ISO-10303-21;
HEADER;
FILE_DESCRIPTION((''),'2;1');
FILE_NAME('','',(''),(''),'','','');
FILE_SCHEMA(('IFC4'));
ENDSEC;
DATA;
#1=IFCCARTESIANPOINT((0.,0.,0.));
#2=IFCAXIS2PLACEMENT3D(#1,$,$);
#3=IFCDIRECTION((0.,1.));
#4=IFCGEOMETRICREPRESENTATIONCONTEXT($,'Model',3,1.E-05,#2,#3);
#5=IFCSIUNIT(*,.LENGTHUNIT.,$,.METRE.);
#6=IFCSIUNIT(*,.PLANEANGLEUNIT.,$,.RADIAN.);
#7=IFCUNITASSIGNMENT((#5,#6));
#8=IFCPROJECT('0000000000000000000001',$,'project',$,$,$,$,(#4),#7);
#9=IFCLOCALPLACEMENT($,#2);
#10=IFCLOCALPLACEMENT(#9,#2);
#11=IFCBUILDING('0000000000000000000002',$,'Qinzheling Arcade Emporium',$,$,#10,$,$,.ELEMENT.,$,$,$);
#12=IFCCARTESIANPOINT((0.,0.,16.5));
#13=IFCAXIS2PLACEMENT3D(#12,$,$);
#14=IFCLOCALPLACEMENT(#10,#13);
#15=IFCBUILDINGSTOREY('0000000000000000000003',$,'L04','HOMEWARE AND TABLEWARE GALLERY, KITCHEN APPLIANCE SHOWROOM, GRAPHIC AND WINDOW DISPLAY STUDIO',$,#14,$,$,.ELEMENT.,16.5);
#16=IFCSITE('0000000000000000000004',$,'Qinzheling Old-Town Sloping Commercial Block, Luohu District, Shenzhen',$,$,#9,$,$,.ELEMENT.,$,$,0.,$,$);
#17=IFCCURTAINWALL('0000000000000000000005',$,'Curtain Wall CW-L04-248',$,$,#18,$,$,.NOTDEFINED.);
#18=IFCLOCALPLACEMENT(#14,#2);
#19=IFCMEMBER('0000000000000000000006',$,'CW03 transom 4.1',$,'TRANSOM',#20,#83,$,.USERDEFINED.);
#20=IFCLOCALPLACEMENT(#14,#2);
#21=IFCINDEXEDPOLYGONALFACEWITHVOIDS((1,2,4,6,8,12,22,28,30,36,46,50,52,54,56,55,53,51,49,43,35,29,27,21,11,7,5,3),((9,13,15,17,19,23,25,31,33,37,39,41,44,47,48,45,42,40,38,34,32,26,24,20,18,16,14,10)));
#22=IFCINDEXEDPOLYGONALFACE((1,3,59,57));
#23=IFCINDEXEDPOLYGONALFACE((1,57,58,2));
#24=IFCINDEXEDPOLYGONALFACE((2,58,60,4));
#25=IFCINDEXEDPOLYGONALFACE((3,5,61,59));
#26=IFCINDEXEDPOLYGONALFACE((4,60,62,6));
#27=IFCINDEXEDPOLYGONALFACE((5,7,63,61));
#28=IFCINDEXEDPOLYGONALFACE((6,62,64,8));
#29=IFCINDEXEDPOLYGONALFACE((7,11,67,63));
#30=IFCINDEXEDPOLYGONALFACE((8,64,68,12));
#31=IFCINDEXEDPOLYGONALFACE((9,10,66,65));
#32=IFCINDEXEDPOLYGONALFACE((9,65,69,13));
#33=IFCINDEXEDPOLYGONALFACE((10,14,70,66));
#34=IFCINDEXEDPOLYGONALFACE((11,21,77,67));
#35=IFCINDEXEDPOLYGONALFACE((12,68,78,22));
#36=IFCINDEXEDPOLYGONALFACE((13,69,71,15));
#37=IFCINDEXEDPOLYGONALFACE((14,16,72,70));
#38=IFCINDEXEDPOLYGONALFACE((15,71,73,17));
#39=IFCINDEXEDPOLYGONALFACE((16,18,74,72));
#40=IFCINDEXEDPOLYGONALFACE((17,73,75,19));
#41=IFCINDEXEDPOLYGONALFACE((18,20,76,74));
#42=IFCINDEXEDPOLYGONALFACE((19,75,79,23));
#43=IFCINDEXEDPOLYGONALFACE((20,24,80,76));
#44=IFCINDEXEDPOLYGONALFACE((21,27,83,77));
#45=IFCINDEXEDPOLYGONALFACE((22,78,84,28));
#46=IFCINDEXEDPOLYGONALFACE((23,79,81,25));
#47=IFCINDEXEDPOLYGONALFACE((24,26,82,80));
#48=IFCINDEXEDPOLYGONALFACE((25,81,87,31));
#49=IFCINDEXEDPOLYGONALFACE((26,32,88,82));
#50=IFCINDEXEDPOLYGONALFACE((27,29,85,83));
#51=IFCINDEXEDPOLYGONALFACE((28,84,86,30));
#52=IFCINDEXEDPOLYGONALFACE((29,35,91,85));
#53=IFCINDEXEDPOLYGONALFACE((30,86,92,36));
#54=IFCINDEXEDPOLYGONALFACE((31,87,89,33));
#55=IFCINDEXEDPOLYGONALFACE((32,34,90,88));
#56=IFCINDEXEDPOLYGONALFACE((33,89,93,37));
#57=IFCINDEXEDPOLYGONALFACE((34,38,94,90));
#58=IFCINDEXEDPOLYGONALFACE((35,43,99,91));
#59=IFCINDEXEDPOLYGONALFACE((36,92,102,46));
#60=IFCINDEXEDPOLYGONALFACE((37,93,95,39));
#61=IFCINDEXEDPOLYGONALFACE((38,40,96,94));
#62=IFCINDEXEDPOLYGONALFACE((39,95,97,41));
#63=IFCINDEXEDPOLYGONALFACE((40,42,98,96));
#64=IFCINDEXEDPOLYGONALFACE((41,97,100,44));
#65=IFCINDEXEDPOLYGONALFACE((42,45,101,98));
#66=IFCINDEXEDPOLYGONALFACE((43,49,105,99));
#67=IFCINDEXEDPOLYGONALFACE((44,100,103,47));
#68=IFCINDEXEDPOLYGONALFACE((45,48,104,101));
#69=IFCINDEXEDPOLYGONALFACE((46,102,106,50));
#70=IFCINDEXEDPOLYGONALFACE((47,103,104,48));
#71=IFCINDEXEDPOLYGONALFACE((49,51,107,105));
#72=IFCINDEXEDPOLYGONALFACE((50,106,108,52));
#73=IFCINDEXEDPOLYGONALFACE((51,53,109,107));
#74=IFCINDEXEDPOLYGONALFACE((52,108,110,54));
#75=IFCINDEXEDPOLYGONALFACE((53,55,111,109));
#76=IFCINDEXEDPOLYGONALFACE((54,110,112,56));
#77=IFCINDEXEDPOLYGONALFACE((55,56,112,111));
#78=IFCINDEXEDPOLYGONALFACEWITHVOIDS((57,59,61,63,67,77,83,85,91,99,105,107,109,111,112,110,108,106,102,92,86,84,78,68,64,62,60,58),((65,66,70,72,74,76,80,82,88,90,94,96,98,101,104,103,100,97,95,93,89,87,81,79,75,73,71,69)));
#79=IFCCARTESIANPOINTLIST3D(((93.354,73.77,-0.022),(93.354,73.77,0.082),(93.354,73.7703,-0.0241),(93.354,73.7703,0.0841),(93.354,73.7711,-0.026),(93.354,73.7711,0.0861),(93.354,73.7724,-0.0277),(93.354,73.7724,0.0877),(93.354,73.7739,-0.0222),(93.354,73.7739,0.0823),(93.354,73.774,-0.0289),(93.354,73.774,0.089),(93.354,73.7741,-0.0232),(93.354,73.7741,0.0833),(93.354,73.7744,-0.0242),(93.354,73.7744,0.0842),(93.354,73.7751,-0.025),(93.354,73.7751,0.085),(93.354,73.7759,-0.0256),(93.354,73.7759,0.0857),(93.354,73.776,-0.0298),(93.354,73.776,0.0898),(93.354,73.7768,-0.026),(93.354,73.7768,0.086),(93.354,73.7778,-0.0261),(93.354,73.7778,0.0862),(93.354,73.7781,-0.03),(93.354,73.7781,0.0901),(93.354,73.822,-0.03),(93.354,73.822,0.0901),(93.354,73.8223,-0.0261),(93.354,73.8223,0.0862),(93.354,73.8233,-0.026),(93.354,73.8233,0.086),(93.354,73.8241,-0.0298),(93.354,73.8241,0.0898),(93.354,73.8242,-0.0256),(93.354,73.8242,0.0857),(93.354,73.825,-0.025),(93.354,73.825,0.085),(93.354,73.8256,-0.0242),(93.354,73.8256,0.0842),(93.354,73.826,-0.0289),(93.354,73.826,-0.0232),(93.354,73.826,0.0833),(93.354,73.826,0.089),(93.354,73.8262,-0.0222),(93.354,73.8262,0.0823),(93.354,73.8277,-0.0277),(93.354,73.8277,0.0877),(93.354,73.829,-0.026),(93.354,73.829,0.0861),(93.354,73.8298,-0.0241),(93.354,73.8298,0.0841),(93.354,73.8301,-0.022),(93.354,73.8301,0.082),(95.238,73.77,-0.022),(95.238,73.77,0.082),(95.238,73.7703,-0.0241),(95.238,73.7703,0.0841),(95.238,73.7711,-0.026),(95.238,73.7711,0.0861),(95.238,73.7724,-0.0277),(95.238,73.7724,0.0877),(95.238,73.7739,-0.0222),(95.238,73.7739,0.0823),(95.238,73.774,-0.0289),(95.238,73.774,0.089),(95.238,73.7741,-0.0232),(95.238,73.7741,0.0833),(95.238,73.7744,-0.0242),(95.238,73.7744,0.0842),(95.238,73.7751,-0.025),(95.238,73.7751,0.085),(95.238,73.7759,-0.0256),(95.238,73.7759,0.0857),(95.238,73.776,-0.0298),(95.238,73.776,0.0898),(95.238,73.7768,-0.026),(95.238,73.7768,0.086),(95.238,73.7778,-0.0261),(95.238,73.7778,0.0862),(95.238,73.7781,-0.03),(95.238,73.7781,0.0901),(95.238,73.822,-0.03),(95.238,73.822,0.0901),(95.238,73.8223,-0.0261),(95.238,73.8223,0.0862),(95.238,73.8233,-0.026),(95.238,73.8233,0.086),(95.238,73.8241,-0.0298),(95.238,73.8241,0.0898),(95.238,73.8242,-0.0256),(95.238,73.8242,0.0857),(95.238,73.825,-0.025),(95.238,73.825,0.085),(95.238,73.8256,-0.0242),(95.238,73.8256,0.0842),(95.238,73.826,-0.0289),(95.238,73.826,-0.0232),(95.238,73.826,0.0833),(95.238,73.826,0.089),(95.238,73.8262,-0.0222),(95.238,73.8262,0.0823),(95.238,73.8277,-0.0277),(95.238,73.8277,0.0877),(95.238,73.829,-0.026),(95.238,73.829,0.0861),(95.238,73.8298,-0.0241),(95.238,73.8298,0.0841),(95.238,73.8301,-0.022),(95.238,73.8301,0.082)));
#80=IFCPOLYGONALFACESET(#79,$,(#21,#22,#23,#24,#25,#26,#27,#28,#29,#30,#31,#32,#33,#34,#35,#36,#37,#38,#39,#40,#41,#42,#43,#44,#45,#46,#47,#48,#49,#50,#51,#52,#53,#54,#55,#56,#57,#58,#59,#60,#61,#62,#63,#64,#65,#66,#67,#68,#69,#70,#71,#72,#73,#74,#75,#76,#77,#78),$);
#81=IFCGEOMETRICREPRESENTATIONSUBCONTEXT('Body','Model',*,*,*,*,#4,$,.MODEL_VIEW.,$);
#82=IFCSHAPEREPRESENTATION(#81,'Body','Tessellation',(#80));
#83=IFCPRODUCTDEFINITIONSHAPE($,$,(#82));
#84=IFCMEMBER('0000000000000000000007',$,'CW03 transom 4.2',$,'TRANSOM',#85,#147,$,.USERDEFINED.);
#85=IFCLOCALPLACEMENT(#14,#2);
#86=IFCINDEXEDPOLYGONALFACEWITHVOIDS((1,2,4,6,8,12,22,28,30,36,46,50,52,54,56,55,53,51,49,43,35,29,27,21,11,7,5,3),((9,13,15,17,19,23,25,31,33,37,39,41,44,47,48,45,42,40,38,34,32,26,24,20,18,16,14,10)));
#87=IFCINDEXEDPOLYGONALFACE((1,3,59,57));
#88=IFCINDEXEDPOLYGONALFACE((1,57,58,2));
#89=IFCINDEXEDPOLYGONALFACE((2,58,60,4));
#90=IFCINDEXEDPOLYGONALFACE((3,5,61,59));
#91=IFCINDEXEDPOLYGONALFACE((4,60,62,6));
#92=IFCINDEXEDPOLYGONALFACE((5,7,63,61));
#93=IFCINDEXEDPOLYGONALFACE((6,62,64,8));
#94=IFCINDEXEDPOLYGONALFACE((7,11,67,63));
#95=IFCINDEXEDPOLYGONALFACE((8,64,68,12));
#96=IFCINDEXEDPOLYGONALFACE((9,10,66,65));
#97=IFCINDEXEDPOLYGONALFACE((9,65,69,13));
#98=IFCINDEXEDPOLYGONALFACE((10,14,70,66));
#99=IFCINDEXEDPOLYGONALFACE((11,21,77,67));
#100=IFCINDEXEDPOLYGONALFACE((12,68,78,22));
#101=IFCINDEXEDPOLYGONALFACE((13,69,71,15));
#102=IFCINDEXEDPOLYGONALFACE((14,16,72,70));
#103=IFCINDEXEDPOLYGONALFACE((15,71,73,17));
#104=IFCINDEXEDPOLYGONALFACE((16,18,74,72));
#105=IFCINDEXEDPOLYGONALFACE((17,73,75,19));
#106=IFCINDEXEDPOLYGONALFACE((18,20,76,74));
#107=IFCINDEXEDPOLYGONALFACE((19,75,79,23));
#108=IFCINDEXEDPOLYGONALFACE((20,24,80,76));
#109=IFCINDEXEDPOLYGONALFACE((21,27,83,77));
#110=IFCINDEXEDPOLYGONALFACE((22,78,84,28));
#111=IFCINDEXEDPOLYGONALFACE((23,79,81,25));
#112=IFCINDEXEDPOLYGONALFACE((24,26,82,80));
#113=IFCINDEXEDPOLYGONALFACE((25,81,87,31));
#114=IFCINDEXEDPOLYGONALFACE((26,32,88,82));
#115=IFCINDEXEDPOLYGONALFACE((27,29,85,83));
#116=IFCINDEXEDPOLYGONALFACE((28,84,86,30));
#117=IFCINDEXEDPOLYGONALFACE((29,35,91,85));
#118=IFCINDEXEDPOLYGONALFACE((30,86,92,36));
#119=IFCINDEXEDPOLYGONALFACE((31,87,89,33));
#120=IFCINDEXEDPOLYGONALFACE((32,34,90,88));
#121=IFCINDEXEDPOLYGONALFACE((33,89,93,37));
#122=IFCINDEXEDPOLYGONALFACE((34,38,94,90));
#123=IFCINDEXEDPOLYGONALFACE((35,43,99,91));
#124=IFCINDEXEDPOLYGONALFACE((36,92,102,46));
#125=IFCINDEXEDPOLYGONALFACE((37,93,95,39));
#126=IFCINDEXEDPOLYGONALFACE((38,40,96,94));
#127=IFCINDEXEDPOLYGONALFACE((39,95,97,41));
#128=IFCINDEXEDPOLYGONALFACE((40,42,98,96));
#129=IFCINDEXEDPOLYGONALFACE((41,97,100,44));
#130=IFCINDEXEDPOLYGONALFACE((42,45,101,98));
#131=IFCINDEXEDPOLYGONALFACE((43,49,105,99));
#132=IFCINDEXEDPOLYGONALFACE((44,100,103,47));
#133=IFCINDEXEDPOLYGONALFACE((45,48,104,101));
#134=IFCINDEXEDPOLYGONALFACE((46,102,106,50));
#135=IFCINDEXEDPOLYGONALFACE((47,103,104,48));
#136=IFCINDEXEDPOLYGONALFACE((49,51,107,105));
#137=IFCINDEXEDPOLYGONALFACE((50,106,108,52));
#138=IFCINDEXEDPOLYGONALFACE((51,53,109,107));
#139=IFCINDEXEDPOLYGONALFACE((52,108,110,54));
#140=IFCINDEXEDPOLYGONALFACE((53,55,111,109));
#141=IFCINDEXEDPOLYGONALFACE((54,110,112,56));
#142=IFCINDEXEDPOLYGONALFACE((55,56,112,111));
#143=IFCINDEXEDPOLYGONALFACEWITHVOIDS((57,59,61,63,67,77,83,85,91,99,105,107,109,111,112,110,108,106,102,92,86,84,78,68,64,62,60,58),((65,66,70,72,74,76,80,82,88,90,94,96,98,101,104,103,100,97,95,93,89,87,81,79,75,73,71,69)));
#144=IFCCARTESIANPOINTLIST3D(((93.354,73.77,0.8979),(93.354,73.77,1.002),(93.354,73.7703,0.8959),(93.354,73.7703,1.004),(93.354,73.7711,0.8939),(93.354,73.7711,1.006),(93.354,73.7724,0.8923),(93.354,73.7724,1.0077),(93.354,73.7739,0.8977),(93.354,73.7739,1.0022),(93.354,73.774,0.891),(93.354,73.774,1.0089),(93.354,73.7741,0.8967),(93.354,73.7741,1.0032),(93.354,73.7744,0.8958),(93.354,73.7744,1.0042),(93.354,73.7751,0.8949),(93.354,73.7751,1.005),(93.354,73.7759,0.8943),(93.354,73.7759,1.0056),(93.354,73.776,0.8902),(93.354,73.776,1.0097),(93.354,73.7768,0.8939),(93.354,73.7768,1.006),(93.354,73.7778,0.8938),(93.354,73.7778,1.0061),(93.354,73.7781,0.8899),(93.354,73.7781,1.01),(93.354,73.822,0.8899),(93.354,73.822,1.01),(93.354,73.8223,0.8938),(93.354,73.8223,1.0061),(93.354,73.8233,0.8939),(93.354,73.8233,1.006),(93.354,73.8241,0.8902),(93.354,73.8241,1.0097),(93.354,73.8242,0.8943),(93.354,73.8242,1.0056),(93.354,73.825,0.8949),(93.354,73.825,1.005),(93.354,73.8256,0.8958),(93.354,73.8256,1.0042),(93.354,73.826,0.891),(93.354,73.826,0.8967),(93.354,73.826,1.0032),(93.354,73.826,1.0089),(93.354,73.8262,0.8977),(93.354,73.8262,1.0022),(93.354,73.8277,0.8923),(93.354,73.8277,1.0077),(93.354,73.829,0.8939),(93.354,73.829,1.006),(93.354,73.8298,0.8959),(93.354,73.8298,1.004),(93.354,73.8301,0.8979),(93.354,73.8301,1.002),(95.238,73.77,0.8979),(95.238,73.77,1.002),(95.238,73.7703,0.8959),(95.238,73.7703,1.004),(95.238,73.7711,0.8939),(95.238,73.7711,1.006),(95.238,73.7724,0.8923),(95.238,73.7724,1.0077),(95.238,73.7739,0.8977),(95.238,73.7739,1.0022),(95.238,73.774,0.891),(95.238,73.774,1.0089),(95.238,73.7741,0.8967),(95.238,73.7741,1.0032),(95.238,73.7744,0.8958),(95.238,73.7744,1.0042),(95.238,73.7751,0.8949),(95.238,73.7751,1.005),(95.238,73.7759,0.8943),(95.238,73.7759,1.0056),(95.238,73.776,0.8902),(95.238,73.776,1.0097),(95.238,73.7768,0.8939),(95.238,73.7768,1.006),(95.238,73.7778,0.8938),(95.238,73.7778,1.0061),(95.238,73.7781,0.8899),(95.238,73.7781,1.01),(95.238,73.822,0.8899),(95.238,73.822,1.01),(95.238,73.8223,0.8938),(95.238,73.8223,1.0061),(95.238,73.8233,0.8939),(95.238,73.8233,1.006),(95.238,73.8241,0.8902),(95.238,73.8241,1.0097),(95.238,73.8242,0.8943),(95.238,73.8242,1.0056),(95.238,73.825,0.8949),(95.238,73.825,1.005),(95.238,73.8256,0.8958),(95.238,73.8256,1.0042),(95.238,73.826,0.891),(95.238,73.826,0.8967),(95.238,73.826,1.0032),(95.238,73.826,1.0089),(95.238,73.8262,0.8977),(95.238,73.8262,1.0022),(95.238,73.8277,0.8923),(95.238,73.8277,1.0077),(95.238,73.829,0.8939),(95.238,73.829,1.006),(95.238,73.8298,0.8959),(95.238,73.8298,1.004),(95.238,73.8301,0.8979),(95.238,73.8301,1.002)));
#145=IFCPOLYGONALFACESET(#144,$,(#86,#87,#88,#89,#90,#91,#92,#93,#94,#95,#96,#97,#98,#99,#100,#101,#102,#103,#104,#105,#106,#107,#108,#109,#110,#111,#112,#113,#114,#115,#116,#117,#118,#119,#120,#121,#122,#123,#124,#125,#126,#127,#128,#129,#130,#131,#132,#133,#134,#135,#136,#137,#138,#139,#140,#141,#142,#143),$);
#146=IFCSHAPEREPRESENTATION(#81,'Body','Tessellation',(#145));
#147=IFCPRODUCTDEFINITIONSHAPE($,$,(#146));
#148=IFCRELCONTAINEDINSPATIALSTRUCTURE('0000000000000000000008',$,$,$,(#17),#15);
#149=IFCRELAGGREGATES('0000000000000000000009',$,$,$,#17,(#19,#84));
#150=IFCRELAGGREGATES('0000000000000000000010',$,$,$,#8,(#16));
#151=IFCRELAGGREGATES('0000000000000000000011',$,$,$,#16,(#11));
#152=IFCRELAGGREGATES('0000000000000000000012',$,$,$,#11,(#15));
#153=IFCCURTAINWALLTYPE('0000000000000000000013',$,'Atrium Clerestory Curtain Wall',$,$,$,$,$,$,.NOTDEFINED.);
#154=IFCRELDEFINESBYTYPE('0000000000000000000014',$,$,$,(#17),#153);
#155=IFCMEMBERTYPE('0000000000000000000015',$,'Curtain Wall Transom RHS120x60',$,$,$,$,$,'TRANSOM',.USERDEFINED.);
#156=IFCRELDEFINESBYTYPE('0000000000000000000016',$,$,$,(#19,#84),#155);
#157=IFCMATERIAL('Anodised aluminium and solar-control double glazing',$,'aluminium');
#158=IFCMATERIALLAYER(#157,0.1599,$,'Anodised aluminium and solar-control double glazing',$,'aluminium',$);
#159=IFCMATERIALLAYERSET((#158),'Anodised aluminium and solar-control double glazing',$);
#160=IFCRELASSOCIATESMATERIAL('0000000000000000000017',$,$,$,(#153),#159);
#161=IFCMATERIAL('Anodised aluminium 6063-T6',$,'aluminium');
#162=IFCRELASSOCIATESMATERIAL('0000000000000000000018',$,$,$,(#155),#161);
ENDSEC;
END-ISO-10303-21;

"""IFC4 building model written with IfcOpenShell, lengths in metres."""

from ifc_helpers import new_model, si_unit, direction, frame, origin, origin_2d, place, context, subcontext, project, spatial, hollow_rectangle, extrude, material, layer, layer_set, material_profile, profile_set, type_object, element, aggregate, save


model = new_model("IFC4")

# Units and contexts
model_context = context("Model", 3, precision=1e-05, world=origin(), true_north=direction((0.0, 1.0)))
body_context = subcontext(model_context, "Body", "Model", "MODEL_VIEW")
ifc_project = project(units=[si_unit("LENGTHUNIT", "METRE"), si_unit("PLANEANGLEUNIT", "RADIAN")], contexts=[model_context])

# Site, building, storey
site_placement = place(None, origin())
site = spatial("IfcSite", under=ifc_project, at=site_placement, Name="Qinzheling Old-Town Sloping Commercial Block, Luohu District, Shenzhen", CompositionType="ELEMENT", RefElevation=0.0)
building_placement = place(site_placement, origin())
building = spatial("IfcBuilding", under=site, at=building_placement, Name="Qinzheling Arcade Emporium", CompositionType="ELEMENT")
storey_placement = place(building_placement, frame((0.0, 0.0, 16.5)))
storey = spatial("IfcBuildingStorey", under=building, at=storey_placement, Name="L04", Description="HOMEWARE AND TABLEWARE GALLERY, KITCHEN APPLIANCE SHOWROOM, GRAPHIC AND WINDOW DISPLAY STUDIO", CompositionType="ELEMENT", Elevation=16.5)

# Curtain wall
ifc_material_1 = material(Name="Anodised aluminium and solar-control double glazing", Category="aluminium")
ifc_layer_1 = layer(ifc_material_1, 0.1599, Name="Anodised aluminium and solar-control double glazing", Category="aluminium")
ifc_layer_set_1 = layer_set([ifc_layer_1], Name="Anodised aluminium and solar-control double glazing")
curtain_wall_type = type_object("IfcCurtainWallType", Name="Atrium Clerestory Curtain Wall", PredefinedType="NOTDEFINED", material=ifc_layer_set_1)
curtain_wall_1_placement = place(storey_placement, origin())
curtain_wall_1 = element("IfcCurtainWall", 1, at=curtain_wall_1_placement, inside=storey, type_object=curtain_wall_type, Name="Curtain Wall CW-L04-248", PredefinedType="NOTDEFINED")
ifc_material_2 = material(Name="Anodised aluminium 6063-T6", Category="aluminium")

# Members
ifc_material_profile_1 = material_profile(ifc_material_2, hollow_rectangle(XDim=0.0601, YDim=0.1201, WallThickness=0.0039, InnerFilletRadius=0.0039, OuterFilletRadius=0.0081, at=origin_2d()), Name="RHS 120x60x4", Category="aluminium")
ifc_profile_set_1 = profile_set([ifc_material_profile_1], Name="Anodised aluminium 6063-T6")
member_type_1 = type_object("IfcMemberType", Name="Curtain Wall Transom RHS120x60", ElementType="TRANSOM", PredefinedType="USERDEFINED", material=ifc_profile_set_1)
member_1_placement = place(storey_placement, frame((93.354, 73.8, 0.03), z_axis=(1.0, 0.0, 0.0), x_axis=(0.0, 1.0, 0.0)))
member_1 = element("IfcMember", 2, at=member_1_placement, type_object=member_type_1, Name="CW03 transom 4.1", ObjectType="TRANSOM", PredefinedType="USERDEFINED", context=body_context, shape_type="SweptSolid", body=[
    extrude(hollow_rectangle(XDim=0.0601, YDim=0.1201, WallThickness=0.0039, InnerFilletRadius=0.0039, OuterFilletRadius=0.0081, at=origin_2d()), origin(), (0.0, 0.0, 1.0), 1.884),
])
member_2_placement = place(storey_placement, frame((93.354, 73.8, 0.95), z_axis=(1.0, 0.0, 0.0), x_axis=(0.0, 1.0, 0.0)))
member_2 = element("IfcMember", 3, at=member_2_placement, type_object=member_type_1, Name="CW03 transom 4.2", ObjectType="TRANSOM", PredefinedType="USERDEFINED", context=body_context, shape_type="SweptSolid", body=[
    extrude(hollow_rectangle(XDim=0.0601, YDim=0.1201, WallThickness=0.0039, InnerFilletRadius=0.0039, OuterFilletRadius=0.0081, at=origin_2d()), origin(), (0.0, 0.0, 1.0), 1.884),
])

aggregate(curtain_wall_1, [member_1, member_2])

save(model, "model.ifc")
